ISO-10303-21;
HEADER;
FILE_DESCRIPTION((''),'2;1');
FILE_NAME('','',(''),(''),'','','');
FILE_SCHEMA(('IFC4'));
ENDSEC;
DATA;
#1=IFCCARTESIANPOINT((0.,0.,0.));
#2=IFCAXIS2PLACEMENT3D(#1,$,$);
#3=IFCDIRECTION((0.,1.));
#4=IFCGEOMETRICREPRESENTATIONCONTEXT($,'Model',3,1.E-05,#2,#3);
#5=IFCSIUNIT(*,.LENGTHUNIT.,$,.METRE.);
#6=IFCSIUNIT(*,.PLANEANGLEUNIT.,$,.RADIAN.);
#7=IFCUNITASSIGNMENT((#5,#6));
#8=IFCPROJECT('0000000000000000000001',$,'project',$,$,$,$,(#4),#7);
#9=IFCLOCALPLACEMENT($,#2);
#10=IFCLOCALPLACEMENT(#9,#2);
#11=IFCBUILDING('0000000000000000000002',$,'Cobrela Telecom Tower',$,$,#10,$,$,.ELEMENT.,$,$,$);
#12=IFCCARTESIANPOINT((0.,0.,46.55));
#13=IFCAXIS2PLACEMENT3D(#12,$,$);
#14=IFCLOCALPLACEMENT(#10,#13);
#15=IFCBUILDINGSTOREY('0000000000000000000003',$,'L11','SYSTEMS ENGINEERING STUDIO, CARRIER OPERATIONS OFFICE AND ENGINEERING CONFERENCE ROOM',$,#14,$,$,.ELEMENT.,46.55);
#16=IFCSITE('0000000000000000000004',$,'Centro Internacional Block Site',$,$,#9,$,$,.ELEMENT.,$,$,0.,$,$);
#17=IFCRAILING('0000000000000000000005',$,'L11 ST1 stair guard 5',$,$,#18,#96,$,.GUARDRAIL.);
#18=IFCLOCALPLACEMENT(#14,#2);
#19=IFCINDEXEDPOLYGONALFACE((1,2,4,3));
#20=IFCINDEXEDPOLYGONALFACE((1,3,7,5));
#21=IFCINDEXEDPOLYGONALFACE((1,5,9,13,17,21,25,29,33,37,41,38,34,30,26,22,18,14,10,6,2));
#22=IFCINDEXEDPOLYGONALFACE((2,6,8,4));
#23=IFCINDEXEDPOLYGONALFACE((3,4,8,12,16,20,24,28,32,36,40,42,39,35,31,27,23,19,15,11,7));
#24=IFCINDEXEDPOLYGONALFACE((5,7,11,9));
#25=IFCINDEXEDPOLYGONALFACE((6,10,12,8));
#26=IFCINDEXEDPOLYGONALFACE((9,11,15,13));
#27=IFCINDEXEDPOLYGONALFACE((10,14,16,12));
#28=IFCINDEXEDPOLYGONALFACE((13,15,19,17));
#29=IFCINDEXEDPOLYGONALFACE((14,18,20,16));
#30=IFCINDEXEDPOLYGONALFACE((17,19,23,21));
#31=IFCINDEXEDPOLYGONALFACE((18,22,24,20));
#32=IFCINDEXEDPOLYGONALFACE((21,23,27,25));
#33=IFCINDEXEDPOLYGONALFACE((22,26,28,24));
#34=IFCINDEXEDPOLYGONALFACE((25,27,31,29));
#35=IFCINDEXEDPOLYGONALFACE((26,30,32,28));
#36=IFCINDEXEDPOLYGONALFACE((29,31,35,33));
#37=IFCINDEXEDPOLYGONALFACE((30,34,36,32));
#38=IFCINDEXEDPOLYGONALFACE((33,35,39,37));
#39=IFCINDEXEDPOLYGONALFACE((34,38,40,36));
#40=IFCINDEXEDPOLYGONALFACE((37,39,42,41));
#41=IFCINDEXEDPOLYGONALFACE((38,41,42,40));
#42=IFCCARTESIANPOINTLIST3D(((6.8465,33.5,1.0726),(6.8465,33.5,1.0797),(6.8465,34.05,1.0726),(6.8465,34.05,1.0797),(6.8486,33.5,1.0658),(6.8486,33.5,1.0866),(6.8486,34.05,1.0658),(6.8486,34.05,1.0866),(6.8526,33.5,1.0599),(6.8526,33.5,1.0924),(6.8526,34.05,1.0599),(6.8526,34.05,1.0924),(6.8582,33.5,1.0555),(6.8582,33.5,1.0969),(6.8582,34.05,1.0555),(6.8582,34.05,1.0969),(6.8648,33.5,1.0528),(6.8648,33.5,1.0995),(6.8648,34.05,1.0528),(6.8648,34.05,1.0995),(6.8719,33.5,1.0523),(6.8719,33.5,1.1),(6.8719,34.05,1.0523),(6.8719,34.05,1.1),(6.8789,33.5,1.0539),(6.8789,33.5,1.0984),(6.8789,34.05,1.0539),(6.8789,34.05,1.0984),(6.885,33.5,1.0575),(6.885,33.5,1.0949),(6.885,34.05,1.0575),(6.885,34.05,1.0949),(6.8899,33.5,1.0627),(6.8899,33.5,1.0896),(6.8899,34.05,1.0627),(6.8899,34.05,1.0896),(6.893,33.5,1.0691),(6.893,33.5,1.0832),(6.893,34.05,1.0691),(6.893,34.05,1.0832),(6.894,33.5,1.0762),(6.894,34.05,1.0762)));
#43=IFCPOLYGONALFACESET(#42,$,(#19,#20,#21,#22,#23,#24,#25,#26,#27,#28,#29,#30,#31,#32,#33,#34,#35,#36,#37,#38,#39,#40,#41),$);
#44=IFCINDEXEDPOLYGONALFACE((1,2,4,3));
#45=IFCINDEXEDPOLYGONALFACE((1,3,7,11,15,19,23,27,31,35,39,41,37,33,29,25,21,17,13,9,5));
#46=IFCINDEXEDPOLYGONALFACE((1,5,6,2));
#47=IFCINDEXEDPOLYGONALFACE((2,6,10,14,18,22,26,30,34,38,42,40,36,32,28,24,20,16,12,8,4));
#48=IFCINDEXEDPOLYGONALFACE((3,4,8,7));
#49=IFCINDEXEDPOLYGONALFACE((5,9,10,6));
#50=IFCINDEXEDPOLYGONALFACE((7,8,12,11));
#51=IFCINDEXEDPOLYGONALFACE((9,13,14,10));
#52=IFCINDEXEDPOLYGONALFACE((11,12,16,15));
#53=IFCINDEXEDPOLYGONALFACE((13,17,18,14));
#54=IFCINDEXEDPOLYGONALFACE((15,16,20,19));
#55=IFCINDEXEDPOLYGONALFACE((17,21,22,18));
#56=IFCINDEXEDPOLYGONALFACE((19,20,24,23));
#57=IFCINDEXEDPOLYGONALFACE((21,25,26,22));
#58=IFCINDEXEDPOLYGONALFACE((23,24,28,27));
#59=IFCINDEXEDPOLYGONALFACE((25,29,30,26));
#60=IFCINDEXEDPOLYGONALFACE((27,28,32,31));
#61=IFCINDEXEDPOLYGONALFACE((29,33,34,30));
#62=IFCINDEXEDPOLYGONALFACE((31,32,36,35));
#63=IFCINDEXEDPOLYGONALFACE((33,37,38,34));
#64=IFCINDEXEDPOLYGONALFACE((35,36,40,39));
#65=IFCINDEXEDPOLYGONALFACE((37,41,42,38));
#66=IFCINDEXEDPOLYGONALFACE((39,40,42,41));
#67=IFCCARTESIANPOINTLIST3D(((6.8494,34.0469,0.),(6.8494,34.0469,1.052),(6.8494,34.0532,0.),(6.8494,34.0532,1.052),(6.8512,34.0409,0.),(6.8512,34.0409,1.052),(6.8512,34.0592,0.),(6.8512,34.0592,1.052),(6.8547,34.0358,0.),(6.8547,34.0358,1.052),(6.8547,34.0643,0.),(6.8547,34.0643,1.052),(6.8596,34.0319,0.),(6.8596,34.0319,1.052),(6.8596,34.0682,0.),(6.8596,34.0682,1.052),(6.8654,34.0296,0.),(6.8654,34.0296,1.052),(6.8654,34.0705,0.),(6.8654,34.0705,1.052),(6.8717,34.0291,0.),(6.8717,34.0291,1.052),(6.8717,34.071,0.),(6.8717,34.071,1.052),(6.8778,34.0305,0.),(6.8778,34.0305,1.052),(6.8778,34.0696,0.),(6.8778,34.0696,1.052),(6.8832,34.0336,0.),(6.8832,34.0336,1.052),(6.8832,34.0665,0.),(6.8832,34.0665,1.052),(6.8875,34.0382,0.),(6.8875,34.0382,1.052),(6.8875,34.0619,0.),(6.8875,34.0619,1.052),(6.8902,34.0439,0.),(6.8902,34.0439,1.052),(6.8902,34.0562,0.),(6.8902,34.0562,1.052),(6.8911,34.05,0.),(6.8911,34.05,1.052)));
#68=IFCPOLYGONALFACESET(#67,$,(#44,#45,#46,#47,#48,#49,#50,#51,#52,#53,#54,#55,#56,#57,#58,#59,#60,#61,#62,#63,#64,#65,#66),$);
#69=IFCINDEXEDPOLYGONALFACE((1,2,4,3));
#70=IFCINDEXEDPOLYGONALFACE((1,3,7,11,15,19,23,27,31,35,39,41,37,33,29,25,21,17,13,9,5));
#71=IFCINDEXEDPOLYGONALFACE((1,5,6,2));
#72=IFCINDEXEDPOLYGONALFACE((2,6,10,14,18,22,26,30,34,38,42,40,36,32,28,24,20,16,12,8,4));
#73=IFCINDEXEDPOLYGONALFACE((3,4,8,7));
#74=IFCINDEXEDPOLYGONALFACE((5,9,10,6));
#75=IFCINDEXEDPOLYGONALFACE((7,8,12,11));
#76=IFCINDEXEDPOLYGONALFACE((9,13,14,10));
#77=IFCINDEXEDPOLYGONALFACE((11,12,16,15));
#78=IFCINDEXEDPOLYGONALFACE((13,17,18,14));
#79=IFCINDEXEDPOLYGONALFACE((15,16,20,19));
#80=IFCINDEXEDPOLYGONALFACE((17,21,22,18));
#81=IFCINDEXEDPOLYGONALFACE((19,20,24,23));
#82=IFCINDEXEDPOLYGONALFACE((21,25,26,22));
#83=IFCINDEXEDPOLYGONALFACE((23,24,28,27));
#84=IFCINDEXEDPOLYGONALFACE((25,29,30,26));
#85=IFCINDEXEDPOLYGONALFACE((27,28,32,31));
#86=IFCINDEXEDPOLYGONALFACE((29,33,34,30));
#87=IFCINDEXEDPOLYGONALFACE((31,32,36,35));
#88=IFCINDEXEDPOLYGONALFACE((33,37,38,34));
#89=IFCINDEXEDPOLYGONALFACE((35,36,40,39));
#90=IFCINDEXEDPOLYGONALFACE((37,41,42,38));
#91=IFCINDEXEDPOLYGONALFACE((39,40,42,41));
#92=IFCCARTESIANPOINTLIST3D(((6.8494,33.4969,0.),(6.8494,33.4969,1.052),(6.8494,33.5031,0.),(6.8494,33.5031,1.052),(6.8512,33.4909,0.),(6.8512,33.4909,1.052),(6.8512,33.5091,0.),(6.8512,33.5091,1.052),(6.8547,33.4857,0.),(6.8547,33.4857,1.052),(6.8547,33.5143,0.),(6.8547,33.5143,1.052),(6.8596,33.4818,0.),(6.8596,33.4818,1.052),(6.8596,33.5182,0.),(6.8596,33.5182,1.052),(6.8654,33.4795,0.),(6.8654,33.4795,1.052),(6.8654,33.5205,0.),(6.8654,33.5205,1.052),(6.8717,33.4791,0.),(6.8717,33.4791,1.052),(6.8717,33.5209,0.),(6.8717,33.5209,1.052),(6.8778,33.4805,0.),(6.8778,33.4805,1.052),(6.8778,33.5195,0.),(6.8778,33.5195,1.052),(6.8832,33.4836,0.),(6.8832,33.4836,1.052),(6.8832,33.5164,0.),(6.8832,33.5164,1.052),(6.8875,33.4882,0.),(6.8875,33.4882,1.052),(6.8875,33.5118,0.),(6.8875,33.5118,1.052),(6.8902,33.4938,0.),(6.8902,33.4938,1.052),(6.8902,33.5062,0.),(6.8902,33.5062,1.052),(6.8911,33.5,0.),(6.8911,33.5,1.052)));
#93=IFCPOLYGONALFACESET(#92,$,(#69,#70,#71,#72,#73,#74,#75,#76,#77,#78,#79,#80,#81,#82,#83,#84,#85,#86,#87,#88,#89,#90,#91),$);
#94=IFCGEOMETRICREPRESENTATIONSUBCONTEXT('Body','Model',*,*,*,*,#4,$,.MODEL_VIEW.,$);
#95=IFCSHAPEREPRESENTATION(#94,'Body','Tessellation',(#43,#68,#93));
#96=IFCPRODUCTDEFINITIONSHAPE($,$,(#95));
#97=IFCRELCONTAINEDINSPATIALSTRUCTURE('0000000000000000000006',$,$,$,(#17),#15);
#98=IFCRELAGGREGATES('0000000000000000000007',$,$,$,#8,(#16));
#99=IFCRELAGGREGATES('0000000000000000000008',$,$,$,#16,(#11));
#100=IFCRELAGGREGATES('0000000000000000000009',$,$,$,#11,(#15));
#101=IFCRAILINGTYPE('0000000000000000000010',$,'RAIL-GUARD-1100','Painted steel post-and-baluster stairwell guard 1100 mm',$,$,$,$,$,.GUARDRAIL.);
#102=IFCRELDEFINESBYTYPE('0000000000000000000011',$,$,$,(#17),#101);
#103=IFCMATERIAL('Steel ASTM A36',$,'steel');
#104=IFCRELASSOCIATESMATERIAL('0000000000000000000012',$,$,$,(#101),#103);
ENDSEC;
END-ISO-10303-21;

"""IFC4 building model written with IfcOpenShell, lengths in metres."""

from ifc_helpers import new_model, si_unit, direction, frame, origin, origin_2d, place, context, subcontext, project, spatial, circle, extrude, material, type_object, element, save


model = new_model("IFC4")

# Units and contexts
model_context = context("Model", 3, precision=1e-05, world=origin(), true_north=direction((0.0, 1.0)))
body_context = subcontext(model_context, "Body", "Model", "MODEL_VIEW")
ifc_project = project(units=[si_unit("LENGTHUNIT", "METRE"), si_unit("PLANEANGLEUNIT", "RADIAN")], contexts=[model_context])

# Site, building, storey
site_placement = place(None, origin())
site = spatial("IfcSite", under=ifc_project, at=site_placement, Name="Centro Internacional Block Site", CompositionType="ELEMENT", RefElevation=0.0)
building_placement = place(site_placement, origin())
building = spatial("IfcBuilding", under=site, at=building_placement, Name="Cobrela Telecom Tower", CompositionType="ELEMENT")
storey_placement = place(building_placement, frame((0.0, 0.0, 46.55)))
storey = spatial("IfcBuildingStorey", under=building, at=storey_placement, Name="L11", Description="SYSTEMS ENGINEERING STUDIO, CARRIER OPERATIONS OFFICE AND ENGINEERING CONFERENCE ROOM", CompositionType="ELEMENT", Elevation=46.55)

# Shared definitions
ifc_material_1 = material(Name="Steel ASTM A36", Category="steel")

# Railing
railing_type_1 = type_object("IfcRailingType", Name="RAIL-GUARD-1100", Description="Painted steel post-and-baluster stairwell guard 1100 mm", PredefinedType="GUARDRAIL", material=ifc_material_1)
railing_1_placement = place(storey_placement, frame((6.8701, 34.05, 0.0)))
element("IfcRailing", 1, at=railing_1_placement, inside=storey, type_object=railing_type_1, Name="L11 ST1 stair guard 5", PredefinedType="GUARDRAIL", context=body_context, shape_type="SweptSolid", body=[
    extrude(circle(Radius=0.0239, at=origin_2d()), frame((0.0, 0.0, 1.0762), z_axis=(0.0, -1.0, 0.0), x_axis=(1.0, 0.0, 0.0)), (0.0, 0.0, 1.0), 0.55),
    extrude(circle(Radius=0.021, at=origin_2d()), origin(), (0.0, 0.0, 1.0), 1.052),
    extrude(circle(Radius=0.021, at=origin_2d()), frame((0.0, -0.55, 0.0)), (0.0, 0.0, 1.0), 1.052),
])

save(model, "model.ifc")
